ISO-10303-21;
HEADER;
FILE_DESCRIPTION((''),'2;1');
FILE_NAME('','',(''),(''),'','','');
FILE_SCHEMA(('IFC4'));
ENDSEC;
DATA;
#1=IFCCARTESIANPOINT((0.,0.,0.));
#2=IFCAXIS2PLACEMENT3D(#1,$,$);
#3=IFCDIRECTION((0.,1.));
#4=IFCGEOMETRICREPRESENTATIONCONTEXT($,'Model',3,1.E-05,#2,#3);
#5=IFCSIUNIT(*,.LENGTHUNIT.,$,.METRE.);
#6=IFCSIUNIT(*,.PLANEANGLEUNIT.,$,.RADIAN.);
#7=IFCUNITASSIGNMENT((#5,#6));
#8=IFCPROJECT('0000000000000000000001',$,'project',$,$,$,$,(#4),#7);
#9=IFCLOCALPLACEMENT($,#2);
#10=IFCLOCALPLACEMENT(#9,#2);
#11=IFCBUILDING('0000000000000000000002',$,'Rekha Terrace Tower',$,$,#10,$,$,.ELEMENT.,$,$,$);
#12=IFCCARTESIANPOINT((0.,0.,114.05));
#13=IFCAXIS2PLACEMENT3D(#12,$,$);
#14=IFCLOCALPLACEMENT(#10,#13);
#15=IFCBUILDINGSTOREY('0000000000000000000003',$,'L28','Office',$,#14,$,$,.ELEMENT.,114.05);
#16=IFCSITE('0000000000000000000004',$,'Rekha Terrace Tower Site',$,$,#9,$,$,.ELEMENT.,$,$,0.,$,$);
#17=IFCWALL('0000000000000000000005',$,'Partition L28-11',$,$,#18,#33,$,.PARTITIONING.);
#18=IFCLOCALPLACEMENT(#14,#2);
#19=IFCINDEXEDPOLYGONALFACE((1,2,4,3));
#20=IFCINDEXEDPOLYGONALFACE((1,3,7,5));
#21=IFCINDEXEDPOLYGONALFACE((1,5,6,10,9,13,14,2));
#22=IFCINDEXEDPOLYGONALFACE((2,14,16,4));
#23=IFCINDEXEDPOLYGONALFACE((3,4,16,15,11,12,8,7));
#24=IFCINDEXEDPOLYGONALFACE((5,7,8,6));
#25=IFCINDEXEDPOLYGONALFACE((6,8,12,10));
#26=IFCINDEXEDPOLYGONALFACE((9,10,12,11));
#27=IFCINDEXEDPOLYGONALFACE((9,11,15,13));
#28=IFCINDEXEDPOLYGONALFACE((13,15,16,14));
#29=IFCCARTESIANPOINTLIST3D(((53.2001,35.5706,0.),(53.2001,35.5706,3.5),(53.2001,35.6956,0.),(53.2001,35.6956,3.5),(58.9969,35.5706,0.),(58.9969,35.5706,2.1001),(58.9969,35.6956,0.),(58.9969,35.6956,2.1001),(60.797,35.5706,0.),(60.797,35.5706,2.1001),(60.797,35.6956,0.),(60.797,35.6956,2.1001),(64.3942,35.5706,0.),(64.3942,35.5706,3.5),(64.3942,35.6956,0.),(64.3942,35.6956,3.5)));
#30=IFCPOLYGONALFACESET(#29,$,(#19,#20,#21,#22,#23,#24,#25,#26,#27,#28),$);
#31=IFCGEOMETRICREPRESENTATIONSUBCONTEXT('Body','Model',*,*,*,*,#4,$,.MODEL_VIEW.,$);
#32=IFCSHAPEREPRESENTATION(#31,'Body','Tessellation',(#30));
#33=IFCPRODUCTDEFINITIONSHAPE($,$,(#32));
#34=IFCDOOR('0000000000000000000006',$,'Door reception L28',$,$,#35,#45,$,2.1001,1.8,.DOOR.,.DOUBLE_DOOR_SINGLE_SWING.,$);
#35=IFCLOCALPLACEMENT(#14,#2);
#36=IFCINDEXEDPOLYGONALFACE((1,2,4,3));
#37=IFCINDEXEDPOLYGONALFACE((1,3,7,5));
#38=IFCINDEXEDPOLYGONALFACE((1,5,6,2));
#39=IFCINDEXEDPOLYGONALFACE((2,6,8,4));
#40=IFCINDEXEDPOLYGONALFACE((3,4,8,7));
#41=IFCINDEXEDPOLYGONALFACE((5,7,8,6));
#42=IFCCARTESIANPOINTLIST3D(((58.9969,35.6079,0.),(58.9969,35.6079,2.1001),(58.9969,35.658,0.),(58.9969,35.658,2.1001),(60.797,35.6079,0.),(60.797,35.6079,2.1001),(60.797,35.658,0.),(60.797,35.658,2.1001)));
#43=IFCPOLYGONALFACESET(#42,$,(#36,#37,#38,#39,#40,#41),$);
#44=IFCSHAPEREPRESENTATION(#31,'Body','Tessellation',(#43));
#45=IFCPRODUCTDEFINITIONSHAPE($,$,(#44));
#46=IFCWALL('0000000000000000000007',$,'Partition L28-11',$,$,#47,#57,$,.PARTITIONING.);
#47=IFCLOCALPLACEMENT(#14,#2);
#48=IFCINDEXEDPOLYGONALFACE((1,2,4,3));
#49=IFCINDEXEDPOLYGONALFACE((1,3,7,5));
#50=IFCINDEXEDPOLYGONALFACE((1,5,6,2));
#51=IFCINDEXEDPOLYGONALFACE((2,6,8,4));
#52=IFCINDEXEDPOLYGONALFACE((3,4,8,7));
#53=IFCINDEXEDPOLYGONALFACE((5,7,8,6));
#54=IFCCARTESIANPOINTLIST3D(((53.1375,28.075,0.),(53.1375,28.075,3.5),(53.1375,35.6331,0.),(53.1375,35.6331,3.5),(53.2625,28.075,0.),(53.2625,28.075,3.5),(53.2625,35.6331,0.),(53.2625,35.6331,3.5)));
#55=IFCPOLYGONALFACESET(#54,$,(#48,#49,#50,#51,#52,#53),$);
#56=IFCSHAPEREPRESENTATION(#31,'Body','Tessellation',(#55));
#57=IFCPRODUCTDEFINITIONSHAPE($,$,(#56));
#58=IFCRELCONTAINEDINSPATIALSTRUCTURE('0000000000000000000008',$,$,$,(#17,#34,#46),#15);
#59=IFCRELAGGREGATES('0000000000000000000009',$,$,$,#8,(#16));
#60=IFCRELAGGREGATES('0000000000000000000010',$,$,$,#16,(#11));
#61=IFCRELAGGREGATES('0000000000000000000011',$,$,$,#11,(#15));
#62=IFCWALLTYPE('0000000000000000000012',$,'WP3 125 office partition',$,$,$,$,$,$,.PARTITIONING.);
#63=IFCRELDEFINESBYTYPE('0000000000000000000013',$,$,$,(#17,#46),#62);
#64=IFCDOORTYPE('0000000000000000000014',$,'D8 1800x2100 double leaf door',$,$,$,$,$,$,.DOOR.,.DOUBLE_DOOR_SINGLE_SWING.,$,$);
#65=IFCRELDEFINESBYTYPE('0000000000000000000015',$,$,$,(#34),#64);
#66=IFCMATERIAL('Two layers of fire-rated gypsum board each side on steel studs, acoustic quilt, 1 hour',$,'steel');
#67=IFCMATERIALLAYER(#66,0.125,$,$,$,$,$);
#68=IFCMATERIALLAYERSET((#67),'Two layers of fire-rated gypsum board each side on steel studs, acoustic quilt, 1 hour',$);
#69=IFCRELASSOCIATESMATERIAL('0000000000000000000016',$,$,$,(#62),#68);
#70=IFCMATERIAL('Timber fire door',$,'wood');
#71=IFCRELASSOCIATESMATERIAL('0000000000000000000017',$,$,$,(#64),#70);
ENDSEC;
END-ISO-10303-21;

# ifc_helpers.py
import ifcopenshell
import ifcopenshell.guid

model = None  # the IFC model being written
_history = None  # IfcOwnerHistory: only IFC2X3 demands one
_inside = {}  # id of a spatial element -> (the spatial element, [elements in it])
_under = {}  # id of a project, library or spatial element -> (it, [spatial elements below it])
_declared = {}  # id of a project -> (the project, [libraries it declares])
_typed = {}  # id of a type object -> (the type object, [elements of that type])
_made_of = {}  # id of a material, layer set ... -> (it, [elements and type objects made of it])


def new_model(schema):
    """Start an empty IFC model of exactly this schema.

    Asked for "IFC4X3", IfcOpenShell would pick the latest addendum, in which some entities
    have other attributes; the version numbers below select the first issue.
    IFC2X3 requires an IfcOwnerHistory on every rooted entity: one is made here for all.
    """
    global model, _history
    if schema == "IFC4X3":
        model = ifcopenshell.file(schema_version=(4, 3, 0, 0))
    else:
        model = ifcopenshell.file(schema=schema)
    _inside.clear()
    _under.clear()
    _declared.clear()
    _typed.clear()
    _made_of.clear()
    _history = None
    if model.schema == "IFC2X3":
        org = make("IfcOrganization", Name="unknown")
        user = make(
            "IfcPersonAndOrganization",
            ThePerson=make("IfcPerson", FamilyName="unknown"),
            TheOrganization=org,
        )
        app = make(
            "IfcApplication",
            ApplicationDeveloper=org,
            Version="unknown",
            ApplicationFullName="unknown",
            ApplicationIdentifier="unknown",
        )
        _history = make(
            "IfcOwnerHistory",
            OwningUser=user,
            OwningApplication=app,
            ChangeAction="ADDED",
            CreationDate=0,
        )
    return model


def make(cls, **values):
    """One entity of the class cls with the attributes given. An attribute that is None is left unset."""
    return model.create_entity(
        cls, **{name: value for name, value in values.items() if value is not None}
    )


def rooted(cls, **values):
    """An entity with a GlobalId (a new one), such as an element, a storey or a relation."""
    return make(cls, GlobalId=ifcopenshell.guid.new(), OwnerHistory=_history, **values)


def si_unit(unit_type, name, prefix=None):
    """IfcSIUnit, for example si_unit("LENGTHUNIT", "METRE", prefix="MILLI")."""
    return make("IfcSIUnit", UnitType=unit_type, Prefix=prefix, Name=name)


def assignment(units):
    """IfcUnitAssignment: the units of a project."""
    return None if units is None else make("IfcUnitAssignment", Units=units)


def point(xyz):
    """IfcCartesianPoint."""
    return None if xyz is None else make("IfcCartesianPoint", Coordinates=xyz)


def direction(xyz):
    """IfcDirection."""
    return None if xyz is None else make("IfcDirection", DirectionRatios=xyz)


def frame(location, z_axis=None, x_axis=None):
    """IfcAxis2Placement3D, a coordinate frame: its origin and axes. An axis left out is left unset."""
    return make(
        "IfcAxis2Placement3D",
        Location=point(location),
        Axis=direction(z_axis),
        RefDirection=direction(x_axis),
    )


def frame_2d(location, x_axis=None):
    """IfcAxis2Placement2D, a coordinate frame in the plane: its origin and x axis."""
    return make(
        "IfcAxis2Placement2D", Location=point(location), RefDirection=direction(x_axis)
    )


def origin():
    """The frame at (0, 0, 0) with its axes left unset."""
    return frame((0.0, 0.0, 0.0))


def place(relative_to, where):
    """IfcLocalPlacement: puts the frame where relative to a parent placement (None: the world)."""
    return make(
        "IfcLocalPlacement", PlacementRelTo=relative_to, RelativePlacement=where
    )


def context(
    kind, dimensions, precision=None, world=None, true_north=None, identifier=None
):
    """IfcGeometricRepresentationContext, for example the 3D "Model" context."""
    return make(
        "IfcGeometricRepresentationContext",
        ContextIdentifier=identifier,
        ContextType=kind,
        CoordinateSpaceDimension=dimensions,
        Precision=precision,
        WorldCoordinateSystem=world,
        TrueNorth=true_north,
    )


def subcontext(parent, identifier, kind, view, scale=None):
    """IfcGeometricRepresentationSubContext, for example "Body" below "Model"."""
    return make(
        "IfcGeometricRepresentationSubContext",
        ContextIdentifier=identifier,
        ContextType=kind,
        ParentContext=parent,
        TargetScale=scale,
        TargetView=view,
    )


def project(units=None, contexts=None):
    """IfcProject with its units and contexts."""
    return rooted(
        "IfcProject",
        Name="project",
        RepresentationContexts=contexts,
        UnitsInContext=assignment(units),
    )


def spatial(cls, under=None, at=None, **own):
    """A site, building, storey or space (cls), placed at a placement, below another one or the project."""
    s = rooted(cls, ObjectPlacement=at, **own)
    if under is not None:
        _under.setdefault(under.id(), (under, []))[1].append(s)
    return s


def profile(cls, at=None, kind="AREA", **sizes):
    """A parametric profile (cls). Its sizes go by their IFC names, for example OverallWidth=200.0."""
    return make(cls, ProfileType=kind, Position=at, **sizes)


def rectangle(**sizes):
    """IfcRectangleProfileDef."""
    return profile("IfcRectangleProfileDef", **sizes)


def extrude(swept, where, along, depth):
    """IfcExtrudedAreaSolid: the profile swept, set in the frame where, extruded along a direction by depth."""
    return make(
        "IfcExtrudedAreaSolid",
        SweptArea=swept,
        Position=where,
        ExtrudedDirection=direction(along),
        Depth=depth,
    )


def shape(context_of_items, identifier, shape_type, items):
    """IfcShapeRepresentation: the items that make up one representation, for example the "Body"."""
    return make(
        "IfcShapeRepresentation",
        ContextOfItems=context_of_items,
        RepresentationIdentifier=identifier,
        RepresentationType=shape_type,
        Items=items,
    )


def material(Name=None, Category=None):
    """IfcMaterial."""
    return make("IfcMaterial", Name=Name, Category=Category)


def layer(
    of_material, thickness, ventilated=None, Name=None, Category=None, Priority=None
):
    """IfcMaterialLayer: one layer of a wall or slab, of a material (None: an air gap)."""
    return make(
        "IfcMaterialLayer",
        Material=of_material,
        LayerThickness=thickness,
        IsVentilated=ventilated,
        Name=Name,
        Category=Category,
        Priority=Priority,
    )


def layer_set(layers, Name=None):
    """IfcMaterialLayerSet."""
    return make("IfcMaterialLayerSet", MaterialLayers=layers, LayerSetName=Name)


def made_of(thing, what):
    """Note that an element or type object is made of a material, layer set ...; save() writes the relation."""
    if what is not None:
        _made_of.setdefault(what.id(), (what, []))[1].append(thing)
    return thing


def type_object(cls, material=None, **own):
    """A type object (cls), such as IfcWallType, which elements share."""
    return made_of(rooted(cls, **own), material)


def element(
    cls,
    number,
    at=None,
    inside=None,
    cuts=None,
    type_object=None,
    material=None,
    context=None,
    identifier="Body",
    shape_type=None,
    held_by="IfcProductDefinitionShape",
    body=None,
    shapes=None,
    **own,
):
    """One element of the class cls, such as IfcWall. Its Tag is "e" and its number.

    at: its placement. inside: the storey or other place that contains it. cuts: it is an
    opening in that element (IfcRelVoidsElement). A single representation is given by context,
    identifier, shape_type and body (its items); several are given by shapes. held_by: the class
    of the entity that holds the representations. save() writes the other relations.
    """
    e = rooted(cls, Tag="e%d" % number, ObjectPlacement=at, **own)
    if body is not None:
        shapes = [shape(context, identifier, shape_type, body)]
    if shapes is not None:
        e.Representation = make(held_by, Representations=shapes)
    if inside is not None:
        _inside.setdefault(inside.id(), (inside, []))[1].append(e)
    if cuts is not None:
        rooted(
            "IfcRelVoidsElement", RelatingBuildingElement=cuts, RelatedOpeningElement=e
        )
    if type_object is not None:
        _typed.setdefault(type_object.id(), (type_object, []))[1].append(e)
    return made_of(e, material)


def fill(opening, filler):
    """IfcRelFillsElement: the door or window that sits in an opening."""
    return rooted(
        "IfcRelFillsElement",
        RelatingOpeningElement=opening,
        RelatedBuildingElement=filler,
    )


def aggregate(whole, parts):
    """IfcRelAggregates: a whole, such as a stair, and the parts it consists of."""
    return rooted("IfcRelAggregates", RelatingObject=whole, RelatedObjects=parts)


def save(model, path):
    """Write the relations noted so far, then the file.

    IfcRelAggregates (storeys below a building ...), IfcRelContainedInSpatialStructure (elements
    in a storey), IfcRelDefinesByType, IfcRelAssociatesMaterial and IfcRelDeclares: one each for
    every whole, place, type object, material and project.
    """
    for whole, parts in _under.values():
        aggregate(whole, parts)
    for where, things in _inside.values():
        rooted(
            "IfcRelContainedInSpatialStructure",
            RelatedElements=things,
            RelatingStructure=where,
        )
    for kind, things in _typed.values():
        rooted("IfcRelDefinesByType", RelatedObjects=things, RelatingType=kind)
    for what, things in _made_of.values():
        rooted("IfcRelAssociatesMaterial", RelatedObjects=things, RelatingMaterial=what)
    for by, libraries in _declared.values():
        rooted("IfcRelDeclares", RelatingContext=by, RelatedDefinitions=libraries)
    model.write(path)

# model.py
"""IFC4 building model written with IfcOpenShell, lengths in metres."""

from ifc_helpers import new_model, si_unit, direction, frame, frame_2d, origin, place, context, subcontext, project, spatial, rectangle, extrude, material, layer, layer_set, type_object, element, fill, save


model = new_model("IFC4")

# Units and contexts
model_context = context("Model", 3, precision=1e-05, world=origin(), true_north=direction((0.0, 1.0)))
body_context = subcontext(model_context, "Body", "Model", "MODEL_VIEW")
ifc_project = project(units=[si_unit("LENGTHUNIT", "METRE"), si_unit("PLANEANGLEUNIT", "RADIAN")], contexts=[model_context])

# Site, building, storey
site_placement = place(None, origin())
site = spatial("IfcSite", under=ifc_project, at=site_placement, Name="Rekha Terrace Tower Site", CompositionType="ELEMENT", RefElevation=0.0)
building_placement = place(site_placement, origin())
building = spatial("IfcBuilding", under=site, at=building_placement, Name="Rekha Terrace Tower", CompositionType="ELEMENT")
storey_placement = place(building_placement, frame((0.0, 0.0, 114.05)))
storey = spatial("IfcBuildingStorey", under=building, at=storey_placement, Name="L28", Description="Office", CompositionType="ELEMENT", Elevation=114.05)

# Shared definitions
ifc_material_1 = material(Name="Two layers of fire-rated gypsum board each side on steel studs, acoustic quilt, 1 hour", Category="steel")
ifc_layer_1 = layer(ifc_material_1, 0.125)
ifc_layer_set_1 = layer_set([ifc_layer_1], Name="Two layers of fire-rated gypsum board each side on steel studs, acoustic quilt, 1 hour")
wall_type_1 = type_object("IfcWallType", Name="WP3 125 office partition", PredefinedType="PARTITIONING", material=ifc_layer_set_1)

# Shared definitions
ifc_material_2 = material(Name="Timber fire door", Category="wood")

# Wall, opening, door
wall_1_placement = place(storey_placement, frame((53.2, 35.6331, 0.0), z_axis=(0.0, 0.0, 1.0), x_axis=(1.0, 0.0, 0.0)))
wall_1 = element("IfcWall", 1, at=wall_1_placement, inside=storey, type_object=wall_type_1, Name="Partition L28-11", PredefinedType="PARTITIONING", context=body_context, shape_type="SweptSolid", body=[
    extrude(rectangle(XDim=11.1941, YDim=0.125, at=frame_2d((5.5972, 0.0))), origin(), (0.0, 0.0, 1.0), 3.5),
])
opening_1_placement = place(wall_1_placement, frame((5.7971, 0.0, 0.0)))
opening_1 = element("IfcOpeningElement", 2, at=opening_1_placement, cuts=wall_1, PredefinedType="OPENING", context=body_context, shape_type="SweptSolid", body=[
    extrude(rectangle(XDim=1.8, YDim=2.1001, at=frame_2d((0.8999, 1.05))), frame((0.0, 0.0725, 0.0), z_axis=(0.0, -1.0, 0.0), x_axis=(1.0, 0.0, 0.0)), (0.0, 0.0, 1.0), 0.145),
])
door_type_1 = type_object("IfcDoorType", Name="D8 1800x2100 double leaf door", OperationType="DOUBLE_DOOR_SINGLE_SWING", PredefinedType="DOOR", material=ifc_material_2)
door_1_placement = place(opening_1_placement, origin())
door_1 = element("IfcDoor", 3, at=door_1_placement, inside=storey, type_object=door_type_1, Name="Door reception L28", OperationType="DOUBLE_DOOR_SINGLE_SWING", OverallHeight=2.1001, OverallWidth=1.8, PredefinedType="DOOR", context=body_context, shape_type="SweptSolid", body=[
    extrude(rectangle(XDim=1.8, YDim=2.1001, at=frame_2d((0.8999, 1.05))), frame((0.0, 0.0249, 0.0), z_axis=(0.0, -1.0, 0.0), x_axis=(1.0, 0.0, 0.0)), (0.0, 0.0, 1.0), 0.05),
])
fill(opening_1, door_1)

# Wall
wall_2_placement = place(storey_placement, frame((53.2, 28.075, 0.0), z_axis=(0.0, 0.0, 1.0), x_axis=(0.0, 1.0, 0.0)))
element("IfcWall", 4, at=wall_2_placement, inside=storey, type_object=wall_type_1, Name="Partition L28-11", PredefinedType="PARTITIONING", context=body_context, shape_type="SweptSolid", body=[
    extrude(rectangle(XDim=7.5581, YDim=0.125, at=frame_2d((3.7791, 0.0))), origin(), (0.0, 0.0, 1.0), 3.5),
])

save(model, "model.ifc")
